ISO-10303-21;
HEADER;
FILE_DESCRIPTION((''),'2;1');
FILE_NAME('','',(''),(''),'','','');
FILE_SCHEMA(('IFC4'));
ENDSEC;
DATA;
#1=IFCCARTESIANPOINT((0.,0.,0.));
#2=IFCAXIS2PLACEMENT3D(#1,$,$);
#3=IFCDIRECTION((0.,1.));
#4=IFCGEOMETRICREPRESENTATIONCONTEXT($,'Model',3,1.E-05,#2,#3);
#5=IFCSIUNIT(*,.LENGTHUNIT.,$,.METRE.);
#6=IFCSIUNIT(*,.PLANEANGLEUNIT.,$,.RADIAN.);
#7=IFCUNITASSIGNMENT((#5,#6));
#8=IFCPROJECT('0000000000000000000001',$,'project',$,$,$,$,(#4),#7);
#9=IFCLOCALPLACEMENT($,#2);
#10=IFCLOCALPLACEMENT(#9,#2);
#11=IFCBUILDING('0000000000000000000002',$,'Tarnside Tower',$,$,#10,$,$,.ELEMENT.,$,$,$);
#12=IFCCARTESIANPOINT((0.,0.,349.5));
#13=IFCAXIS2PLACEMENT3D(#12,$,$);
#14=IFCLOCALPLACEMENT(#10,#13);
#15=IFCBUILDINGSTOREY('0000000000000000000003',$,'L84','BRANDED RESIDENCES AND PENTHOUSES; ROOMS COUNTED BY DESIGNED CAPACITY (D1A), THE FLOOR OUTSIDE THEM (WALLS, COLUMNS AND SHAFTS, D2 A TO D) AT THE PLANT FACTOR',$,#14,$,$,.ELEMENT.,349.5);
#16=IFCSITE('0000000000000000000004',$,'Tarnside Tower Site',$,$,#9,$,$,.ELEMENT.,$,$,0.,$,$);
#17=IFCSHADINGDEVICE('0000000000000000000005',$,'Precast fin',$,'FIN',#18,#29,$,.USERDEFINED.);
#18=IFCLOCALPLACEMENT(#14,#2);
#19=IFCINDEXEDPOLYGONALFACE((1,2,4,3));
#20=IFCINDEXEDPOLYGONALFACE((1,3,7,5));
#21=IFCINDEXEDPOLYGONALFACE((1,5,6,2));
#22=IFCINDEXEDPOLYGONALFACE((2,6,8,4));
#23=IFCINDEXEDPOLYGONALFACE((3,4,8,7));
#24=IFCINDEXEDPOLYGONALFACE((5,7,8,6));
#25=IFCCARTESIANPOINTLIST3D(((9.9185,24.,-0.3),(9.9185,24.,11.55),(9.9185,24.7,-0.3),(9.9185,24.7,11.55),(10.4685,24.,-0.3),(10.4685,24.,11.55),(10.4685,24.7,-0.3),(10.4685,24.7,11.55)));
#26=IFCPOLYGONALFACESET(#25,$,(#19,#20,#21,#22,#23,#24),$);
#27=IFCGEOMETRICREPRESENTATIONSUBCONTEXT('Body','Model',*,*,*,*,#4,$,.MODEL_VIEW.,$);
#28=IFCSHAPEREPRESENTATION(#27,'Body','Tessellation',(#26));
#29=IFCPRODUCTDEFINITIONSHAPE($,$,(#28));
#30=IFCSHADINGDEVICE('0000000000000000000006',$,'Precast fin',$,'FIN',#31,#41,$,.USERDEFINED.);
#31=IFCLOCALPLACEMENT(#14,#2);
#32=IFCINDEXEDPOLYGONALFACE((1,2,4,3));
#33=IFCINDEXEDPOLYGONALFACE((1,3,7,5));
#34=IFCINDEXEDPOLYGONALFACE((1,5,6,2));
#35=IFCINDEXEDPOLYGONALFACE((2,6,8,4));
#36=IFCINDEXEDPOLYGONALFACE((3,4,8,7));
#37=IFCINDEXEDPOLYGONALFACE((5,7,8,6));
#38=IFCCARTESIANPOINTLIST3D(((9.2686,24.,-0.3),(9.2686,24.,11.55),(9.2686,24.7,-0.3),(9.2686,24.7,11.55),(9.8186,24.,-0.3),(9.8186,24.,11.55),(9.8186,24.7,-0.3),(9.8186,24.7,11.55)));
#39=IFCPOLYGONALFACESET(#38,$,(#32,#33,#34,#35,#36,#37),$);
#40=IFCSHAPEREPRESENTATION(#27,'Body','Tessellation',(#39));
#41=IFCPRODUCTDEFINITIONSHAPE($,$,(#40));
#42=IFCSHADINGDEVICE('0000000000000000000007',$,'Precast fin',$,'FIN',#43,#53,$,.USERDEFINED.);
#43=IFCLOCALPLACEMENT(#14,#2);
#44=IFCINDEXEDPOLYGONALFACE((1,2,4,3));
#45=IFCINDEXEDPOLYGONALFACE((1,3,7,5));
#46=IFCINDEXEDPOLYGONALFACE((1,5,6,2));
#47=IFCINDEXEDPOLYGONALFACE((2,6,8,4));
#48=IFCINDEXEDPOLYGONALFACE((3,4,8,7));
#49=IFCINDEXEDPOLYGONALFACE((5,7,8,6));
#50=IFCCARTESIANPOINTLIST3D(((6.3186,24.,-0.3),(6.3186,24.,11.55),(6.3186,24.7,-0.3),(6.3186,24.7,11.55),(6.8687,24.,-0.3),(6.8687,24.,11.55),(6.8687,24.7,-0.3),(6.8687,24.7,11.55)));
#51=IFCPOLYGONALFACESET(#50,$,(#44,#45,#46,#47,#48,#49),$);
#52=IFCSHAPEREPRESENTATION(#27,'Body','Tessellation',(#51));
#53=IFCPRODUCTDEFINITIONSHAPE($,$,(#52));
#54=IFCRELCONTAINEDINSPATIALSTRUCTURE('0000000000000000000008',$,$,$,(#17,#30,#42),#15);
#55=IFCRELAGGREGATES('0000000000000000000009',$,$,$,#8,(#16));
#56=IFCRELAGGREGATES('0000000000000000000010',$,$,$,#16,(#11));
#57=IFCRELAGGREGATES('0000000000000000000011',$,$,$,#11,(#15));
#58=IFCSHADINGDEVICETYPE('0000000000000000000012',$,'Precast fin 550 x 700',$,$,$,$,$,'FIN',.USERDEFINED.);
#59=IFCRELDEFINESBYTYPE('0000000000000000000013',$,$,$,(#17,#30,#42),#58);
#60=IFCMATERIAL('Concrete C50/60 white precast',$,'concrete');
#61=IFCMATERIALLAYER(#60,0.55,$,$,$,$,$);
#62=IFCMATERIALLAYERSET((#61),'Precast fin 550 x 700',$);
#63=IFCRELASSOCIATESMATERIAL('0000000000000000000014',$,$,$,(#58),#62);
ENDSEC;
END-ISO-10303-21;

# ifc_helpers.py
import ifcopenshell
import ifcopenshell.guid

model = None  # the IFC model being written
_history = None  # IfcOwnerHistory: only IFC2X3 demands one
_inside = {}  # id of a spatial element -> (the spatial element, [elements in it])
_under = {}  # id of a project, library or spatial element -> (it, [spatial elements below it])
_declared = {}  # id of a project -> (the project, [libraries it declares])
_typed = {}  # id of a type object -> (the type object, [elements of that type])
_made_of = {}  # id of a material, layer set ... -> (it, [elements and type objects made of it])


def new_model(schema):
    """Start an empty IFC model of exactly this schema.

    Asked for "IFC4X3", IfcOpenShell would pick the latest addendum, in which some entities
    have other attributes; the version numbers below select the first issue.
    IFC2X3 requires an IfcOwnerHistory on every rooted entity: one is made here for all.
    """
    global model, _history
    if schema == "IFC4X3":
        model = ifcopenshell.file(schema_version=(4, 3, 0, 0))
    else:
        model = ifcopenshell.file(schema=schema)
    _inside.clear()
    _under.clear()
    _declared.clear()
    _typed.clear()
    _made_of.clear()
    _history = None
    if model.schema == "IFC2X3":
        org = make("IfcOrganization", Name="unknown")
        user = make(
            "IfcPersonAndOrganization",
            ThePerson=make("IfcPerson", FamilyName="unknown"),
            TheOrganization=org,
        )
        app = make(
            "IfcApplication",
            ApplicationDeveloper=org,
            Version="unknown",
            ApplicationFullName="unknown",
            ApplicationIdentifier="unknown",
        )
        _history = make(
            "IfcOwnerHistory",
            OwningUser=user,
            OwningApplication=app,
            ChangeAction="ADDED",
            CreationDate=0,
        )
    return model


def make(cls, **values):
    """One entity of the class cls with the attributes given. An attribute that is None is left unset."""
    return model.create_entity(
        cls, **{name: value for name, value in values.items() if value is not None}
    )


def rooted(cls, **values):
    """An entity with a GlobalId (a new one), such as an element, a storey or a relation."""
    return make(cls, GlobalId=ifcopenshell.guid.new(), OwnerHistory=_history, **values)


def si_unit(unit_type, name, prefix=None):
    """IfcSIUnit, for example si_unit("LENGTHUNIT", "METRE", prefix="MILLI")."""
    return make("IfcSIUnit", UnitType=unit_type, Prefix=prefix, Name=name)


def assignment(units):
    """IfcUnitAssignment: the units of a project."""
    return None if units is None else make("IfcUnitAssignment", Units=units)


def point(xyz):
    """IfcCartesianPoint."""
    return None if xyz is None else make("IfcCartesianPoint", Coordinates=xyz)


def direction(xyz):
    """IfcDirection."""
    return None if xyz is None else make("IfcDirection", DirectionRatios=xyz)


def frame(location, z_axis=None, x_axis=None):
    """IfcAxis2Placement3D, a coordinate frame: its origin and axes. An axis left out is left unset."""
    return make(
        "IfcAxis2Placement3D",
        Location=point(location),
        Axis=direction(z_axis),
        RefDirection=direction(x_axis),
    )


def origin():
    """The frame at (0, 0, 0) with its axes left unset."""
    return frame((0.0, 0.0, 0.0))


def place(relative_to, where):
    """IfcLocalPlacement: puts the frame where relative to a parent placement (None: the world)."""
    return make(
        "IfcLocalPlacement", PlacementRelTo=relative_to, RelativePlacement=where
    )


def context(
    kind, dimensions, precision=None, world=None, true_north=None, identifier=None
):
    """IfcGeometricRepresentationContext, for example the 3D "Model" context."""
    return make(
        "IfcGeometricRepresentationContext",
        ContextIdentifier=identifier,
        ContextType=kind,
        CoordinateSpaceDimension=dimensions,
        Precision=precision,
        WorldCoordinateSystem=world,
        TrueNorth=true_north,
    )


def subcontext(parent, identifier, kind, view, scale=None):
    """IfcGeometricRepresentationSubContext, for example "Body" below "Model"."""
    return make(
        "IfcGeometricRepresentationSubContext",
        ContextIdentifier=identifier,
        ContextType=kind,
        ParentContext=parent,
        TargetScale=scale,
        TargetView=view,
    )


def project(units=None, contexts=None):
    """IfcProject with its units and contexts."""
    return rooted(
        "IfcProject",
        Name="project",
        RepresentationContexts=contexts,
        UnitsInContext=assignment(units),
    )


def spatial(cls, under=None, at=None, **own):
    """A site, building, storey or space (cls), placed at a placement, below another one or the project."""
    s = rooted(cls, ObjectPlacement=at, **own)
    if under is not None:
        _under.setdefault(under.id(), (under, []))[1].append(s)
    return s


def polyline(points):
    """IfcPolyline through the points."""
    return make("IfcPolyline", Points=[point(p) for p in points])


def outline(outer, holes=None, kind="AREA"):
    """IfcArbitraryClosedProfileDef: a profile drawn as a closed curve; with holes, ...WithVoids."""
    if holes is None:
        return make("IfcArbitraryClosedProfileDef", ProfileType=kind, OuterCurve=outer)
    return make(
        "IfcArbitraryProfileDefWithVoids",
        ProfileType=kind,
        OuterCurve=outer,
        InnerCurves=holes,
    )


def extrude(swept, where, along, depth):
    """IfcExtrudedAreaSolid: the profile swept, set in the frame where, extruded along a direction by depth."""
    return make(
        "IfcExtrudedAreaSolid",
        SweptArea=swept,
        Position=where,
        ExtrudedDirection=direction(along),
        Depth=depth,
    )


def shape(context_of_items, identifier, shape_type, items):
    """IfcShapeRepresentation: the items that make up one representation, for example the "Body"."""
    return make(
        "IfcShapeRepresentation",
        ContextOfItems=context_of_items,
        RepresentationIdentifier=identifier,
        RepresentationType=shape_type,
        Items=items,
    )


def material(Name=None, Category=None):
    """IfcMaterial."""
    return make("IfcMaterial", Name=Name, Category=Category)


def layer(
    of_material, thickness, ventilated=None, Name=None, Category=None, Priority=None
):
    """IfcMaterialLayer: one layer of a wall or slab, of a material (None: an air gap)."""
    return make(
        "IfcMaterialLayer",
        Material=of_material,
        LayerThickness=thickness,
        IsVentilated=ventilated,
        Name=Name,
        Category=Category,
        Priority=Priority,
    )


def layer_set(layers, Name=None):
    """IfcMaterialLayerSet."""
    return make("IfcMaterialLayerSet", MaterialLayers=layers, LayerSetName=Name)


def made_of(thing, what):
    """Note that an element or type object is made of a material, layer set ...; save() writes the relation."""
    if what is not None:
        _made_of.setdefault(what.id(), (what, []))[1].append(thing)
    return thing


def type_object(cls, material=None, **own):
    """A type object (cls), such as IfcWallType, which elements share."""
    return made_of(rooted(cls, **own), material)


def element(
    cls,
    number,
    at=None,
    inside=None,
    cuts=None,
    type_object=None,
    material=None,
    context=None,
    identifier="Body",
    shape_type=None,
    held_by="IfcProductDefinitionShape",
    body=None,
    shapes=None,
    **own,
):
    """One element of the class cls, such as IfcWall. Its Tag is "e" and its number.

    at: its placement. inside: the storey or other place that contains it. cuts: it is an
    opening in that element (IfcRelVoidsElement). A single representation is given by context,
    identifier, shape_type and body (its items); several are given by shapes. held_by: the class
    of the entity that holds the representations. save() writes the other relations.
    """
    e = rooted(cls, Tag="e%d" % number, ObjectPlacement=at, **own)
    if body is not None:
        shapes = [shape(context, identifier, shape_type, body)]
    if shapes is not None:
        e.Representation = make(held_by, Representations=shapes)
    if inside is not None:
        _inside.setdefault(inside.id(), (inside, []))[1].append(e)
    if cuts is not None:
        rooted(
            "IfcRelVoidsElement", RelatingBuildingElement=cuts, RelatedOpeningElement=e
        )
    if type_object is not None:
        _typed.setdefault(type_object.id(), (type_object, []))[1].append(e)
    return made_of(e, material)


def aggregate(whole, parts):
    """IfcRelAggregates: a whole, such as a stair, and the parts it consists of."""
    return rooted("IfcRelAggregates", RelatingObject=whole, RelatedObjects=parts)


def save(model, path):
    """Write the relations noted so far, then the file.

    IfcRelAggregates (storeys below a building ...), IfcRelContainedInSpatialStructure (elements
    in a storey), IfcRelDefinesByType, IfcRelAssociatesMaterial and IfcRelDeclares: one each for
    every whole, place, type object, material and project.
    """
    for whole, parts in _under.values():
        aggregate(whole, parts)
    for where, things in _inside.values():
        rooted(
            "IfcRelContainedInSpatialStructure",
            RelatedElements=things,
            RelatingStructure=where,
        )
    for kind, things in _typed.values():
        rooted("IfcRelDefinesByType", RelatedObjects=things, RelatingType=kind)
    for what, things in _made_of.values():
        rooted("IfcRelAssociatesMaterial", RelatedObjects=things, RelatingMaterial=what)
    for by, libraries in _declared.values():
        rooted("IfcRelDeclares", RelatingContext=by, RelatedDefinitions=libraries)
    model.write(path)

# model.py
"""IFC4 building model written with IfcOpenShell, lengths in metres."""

from ifc_helpers import new_model, si_unit, direction, frame, origin, place, context, subcontext, project, spatial, polyline, outline, extrude, material, layer, layer_set, type_object, element, save


model = new_model("IFC4")

# Units and contexts
model_context = context("Model", 3, precision=1e-05, world=origin(), true_north=direction((0.0, 1.0)))
body_context = subcontext(model_context, "Body", "Model", "MODEL_VIEW")
ifc_project = project(units=[si_unit("LENGTHUNIT", "METRE"), si_unit("PLANEANGLEUNIT", "RADIAN")], contexts=[model_context])

# Site, building, storey
site_placement = place(None, origin())
site = spatial("IfcSite", under=ifc_project, at=site_placement, Name="Tarnside Tower Site", CompositionType="ELEMENT", RefElevation=0.0)
building_placement = place(site_placement, origin())
building = spatial("IfcBuilding", under=site, at=building_placement, Name="Tarnside Tower", CompositionType="ELEMENT")
storey_placement = place(building_placement, frame((0.0, 0.0, 349.5)))
storey = spatial("IfcBuildingStorey", under=building, at=storey_placement, Name="L84", Description="BRANDED RESIDENCES AND PENTHOUSES; ROOMS COUNTED BY DESIGNED CAPACITY (D1A), THE FLOOR OUTSIDE THEM (WALLS, COLUMNS AND SHAFTS, D2 A TO D) AT THE PLANT FACTOR", CompositionType="ELEMENT", Elevation=349.5)

# Shading devices
ifc_material_1 = material(Name="Concrete C50/60 white precast", Category="concrete")
ifc_layer_1 = layer(ifc_material_1, 0.55)
ifc_layer_set_1 = layer_set([ifc_layer_1], Name="Precast fin 550 x 700")
shading_device_type_1 = type_object("IfcShadingDeviceType", Name="Precast fin 550 x 700", ElementType="FIN", PredefinedType="USERDEFINED", material=ifc_layer_set_1)
for number, where, z_axis, x_axis, name in (
    (1, (10.1934, 24.0, -0.3), (1.0, 0.0, 0.0), (0.0, 1.0, 0.0), "Precast fin"),
    (2, (9.5435, 24.0, -0.3), (1.0, 0.0, 0.0), (0.0, 1.0, 0.0), "Precast fin"),
    (3, (6.5935, 24.0, -0.3), (1.0, 0.0, 0.0), (0.0, 1.0, 0.0), "Precast fin"),
):
    element("IfcShadingDevice", number, at=place(storey_placement, frame(where, z_axis=z_axis, x_axis=x_axis)), inside=storey, type_object=shading_device_type_1, Name=name, ObjectType="FIN", PredefinedType="USERDEFINED", context=body_context, shape_type="SweptSolid", body=[
        extrude(outline(polyline([(0.0, 0.0), (0.7, 0.0), (0.7, 11.8501), (0.0, 11.8501), (0.0, 0.0)])), frame((0.0, 0.0, -0.2749)), (0.0, 0.0, 1.0), 0.55),
    ])

save(model, "model.ifc")
